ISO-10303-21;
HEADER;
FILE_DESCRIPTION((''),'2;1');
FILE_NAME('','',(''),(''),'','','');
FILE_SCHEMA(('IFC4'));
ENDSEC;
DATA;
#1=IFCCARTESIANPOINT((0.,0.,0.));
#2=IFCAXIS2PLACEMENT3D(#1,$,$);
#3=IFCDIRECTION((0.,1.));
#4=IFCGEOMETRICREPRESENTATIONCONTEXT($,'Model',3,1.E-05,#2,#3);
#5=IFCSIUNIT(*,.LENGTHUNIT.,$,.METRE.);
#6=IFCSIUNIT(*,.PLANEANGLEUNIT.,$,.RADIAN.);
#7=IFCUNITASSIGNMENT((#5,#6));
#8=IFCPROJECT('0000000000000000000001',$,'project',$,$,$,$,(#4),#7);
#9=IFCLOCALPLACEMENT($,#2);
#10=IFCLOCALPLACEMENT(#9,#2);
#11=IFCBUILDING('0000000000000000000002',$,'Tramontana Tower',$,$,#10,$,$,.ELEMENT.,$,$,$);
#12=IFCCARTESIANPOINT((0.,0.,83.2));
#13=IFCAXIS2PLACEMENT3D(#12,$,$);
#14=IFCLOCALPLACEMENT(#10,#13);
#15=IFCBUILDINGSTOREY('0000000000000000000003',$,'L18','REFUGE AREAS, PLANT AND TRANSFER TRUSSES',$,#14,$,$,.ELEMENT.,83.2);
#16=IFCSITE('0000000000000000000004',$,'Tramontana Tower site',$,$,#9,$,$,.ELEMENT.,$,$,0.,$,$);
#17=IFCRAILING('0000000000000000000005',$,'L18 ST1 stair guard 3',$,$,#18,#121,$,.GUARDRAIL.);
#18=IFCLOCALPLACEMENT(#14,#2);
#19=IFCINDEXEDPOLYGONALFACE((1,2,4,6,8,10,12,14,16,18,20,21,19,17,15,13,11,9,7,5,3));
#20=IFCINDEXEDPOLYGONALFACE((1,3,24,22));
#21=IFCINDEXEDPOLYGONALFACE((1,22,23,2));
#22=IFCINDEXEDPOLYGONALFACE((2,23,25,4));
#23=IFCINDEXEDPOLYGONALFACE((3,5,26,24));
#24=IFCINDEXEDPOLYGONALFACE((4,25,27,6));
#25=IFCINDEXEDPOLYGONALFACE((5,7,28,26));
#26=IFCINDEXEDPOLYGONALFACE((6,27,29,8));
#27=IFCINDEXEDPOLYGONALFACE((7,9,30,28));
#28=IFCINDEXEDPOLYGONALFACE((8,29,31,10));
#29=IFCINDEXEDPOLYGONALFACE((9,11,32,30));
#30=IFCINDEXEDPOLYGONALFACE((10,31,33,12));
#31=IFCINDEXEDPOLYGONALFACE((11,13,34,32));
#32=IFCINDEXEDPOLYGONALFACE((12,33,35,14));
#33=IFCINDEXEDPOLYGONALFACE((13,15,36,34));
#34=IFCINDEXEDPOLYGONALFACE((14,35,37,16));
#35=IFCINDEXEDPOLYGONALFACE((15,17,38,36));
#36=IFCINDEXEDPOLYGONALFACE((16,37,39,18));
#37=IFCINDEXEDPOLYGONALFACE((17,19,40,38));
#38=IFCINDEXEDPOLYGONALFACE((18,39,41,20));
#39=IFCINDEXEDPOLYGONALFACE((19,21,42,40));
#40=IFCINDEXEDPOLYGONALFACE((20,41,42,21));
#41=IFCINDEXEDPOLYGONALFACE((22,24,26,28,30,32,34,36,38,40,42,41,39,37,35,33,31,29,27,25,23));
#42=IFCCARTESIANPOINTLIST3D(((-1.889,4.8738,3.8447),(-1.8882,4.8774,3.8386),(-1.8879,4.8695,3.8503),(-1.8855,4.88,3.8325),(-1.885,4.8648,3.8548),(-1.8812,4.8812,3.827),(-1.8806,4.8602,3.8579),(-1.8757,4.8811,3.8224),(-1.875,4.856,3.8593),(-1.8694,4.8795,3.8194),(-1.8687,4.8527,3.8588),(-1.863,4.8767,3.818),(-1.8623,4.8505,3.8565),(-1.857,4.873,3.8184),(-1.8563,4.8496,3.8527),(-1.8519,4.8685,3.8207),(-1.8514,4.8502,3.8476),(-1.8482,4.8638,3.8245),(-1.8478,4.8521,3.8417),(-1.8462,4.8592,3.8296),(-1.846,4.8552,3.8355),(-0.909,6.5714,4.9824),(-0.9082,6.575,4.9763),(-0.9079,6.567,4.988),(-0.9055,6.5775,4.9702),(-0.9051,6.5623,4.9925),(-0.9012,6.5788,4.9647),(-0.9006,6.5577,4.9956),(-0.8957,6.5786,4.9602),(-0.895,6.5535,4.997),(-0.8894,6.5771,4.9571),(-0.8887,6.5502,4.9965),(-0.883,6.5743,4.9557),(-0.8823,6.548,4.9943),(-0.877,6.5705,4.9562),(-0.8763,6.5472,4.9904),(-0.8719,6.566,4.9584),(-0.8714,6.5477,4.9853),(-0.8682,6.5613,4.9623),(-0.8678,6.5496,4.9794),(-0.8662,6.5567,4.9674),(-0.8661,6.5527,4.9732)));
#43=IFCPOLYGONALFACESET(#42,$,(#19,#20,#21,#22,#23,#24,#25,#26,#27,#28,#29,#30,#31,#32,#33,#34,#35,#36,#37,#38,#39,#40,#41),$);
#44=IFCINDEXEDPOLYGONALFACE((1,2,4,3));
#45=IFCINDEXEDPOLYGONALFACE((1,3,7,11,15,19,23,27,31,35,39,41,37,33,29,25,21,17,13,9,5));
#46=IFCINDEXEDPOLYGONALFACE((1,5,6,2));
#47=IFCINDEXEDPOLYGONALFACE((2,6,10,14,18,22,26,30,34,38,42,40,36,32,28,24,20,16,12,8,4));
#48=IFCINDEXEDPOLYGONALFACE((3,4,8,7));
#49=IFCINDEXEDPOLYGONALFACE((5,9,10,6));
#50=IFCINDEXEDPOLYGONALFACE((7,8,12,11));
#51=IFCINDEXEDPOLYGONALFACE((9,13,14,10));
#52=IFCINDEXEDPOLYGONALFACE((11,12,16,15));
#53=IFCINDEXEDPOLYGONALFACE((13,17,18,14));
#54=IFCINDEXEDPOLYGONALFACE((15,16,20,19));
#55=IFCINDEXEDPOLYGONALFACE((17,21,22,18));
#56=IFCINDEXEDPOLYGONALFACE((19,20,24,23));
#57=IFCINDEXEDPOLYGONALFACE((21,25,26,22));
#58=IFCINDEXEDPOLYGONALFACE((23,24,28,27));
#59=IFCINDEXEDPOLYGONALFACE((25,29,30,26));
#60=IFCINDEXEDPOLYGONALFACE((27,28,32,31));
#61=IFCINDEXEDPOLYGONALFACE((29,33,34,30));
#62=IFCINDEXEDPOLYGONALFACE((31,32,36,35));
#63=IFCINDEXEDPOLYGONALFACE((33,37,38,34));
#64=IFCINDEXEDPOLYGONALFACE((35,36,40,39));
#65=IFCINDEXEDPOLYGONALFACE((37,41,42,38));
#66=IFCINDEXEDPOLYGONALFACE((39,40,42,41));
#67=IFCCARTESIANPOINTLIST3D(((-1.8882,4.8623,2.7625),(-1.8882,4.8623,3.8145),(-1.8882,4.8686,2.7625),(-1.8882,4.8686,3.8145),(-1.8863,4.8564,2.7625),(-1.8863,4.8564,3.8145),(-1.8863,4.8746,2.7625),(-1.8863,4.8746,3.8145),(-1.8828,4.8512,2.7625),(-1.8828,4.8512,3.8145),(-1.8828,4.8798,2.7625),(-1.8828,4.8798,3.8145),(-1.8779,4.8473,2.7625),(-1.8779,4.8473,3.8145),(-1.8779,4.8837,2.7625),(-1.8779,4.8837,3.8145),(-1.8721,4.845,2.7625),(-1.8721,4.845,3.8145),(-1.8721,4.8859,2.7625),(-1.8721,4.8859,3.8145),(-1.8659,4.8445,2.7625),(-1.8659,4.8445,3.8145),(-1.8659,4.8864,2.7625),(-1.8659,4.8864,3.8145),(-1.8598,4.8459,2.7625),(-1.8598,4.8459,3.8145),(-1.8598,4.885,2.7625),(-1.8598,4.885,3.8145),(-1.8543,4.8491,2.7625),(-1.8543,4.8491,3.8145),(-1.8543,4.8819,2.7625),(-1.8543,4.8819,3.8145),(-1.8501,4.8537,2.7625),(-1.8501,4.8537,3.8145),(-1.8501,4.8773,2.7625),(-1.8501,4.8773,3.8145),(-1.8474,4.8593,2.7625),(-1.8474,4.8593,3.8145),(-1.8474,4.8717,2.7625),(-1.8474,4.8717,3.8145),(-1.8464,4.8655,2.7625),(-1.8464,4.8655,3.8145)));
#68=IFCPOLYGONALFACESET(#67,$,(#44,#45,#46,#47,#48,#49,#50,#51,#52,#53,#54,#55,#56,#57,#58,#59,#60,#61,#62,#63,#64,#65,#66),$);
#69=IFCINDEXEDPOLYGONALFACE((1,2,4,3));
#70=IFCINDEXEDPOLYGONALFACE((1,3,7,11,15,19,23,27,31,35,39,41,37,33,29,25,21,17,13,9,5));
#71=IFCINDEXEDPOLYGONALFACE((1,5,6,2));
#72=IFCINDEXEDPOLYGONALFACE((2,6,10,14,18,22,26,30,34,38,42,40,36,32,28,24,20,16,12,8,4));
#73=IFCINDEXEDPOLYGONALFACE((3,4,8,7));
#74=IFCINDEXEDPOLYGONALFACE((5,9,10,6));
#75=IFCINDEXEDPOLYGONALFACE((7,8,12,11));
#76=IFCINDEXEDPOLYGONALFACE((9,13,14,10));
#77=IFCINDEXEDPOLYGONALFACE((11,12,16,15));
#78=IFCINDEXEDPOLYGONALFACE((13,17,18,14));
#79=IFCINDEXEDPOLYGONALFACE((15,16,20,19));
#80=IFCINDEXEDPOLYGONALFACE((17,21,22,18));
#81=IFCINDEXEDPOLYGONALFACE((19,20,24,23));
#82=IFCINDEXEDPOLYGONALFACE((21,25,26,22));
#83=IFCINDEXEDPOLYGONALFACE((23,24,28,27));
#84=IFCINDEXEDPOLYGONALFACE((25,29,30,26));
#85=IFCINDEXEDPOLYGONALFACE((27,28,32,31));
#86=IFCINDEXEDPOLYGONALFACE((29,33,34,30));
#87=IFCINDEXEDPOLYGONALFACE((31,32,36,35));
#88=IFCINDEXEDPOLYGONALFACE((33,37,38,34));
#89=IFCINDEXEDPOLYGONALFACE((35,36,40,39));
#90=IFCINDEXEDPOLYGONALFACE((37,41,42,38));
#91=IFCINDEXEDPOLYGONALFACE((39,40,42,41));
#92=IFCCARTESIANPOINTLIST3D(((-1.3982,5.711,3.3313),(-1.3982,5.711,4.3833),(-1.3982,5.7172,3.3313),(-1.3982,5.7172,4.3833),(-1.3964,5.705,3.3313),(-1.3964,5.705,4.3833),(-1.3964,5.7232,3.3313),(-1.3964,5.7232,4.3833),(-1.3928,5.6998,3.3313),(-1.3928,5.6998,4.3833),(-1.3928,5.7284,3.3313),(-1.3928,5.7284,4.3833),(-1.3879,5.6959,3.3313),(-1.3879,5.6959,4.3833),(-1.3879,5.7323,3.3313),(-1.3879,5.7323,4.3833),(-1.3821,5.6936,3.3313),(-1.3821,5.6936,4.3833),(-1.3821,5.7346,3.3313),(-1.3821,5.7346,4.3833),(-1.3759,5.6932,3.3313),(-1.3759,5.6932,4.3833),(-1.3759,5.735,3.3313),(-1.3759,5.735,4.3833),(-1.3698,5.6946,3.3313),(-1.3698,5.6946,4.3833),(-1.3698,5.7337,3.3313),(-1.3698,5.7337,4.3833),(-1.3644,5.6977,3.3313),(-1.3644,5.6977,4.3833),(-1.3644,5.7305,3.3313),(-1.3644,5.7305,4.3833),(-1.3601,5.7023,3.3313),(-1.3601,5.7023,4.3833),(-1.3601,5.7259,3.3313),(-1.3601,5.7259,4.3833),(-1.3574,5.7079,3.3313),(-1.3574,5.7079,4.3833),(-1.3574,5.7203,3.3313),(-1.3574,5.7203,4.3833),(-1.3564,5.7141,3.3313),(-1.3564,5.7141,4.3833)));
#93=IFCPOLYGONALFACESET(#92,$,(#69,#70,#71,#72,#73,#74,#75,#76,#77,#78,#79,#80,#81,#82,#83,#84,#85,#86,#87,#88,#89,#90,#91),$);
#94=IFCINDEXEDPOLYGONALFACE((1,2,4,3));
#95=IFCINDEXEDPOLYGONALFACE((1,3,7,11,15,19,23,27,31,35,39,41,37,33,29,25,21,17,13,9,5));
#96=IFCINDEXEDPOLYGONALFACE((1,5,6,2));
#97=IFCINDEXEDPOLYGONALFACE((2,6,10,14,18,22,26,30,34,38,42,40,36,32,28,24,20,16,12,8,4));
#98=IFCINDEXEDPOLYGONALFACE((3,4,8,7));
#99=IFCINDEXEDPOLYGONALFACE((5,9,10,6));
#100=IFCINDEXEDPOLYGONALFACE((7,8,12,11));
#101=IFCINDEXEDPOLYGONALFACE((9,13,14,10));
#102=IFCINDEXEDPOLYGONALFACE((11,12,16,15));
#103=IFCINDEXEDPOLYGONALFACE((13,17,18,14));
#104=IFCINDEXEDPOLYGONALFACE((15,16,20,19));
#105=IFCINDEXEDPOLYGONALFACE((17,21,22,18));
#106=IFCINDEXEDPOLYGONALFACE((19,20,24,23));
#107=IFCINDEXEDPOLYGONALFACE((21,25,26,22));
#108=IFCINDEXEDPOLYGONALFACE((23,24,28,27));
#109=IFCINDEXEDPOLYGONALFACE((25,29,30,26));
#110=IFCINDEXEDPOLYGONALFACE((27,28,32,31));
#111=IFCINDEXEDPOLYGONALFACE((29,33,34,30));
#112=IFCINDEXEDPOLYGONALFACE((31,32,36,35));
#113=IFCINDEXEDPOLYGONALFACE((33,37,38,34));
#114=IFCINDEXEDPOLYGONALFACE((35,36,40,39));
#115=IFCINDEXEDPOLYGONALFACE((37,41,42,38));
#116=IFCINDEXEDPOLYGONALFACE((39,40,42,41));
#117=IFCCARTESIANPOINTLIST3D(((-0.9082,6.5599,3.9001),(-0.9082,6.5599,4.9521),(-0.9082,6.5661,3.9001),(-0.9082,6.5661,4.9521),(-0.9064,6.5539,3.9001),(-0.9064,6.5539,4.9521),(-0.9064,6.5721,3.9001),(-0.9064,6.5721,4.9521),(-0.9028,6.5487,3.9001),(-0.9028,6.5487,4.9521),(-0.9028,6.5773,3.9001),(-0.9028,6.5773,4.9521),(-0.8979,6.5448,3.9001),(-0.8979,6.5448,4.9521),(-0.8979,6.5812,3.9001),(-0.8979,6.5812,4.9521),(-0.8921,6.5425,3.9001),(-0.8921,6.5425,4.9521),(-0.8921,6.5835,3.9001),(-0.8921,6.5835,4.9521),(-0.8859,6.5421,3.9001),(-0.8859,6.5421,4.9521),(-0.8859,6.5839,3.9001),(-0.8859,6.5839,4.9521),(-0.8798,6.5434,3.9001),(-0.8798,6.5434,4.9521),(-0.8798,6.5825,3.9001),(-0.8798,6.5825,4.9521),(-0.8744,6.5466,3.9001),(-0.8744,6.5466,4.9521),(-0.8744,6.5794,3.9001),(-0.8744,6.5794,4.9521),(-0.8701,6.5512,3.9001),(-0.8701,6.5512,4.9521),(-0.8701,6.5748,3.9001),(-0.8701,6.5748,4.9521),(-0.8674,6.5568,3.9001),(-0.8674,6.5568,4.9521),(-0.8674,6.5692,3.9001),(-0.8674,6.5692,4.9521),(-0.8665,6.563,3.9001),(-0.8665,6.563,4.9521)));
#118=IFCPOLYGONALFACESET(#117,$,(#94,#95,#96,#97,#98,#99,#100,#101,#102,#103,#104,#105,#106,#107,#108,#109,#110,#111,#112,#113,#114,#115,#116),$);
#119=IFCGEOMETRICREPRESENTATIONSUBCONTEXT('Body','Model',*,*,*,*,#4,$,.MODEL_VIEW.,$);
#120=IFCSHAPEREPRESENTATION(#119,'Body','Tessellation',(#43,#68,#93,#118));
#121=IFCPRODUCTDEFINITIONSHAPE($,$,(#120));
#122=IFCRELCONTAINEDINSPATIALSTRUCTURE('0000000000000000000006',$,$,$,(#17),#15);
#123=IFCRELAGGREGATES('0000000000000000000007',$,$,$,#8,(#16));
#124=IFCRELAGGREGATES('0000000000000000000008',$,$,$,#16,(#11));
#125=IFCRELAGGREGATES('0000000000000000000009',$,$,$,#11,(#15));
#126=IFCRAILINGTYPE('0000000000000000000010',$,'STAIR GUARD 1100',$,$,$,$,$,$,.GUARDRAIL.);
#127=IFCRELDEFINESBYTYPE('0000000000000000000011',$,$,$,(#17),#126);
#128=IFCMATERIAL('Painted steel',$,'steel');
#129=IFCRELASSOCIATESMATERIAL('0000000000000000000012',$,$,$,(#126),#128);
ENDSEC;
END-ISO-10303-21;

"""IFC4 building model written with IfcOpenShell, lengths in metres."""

from ifc_helpers import new_model, si_unit, direction, frame, origin, origin_2d, place, context, subcontext, project, spatial, circle, extrude, material, type_object, element, save


model = new_model("IFC4")

# Units and contexts
model_context = context("Model", 3, precision=1e-05, world=origin(), true_north=direction((0.0, 1.0)))
body_context = subcontext(model_context, "Body", "Model", "MODEL_VIEW")
ifc_project = project(units=[si_unit("LENGTHUNIT", "METRE"), si_unit("PLANEANGLEUNIT", "RADIAN")], contexts=[model_context])

# Site, building, storey
site_placement = place(None, origin())
site = spatial("IfcSite", under=ifc_project, at=site_placement, Name="Tramontana Tower site", CompositionType="ELEMENT", RefElevation=0.0)
building_placement = place(site_placement, origin())
building = spatial("IfcBuilding", under=site, at=building_placement, Name="Tramontana Tower", CompositionType="ELEMENT")
storey_placement = place(building_placement, frame((0.0, 0.0, 83.2)))
storey = spatial("IfcBuildingStorey", under=building, at=storey_placement, Name="L18", Description="REFUGE AREAS, PLANT AND TRANSFER TRUSSES", CompositionType="ELEMENT", Elevation=83.2)

# Railing
ifc_material_1 = material(Name="Painted steel", Category="steel")
railing_type_1 = type_object("IfcRailingType", Name="STAIR GUARD 1100", PredefinedType="GUARDRAIL", material=ifc_material_1)
railing_1_placement = place(storey_placement, frame((-1.8674, 4.8655, 2.7625)))
element("IfcRailing", 1, at=railing_1_placement, inside=storey, type_object=railing_type_1, Name="L18 ST1 stair guard 3", PredefinedType="GUARDRAIL", context=body_context, shape_type="SweptSolid", body=[
    extrude(circle(Radius=0.0239, at=origin_2d()), frame((0.0, 0.0, 1.0762), z_axis=(0.432409, 0.749013, 0.501999), x_axis=(-0.866042, 0.49997, 0.0)), (0.0, 0.0, 1.0), 2.2664),
    extrude(circle(Radius=0.021, at=origin_2d()), origin(), (0.0, 0.0, 1.0), 1.052),
    extrude(circle(Radius=0.021, at=origin_2d()), frame((0.49, 0.8486, 0.5688)), (0.0, 0.0, 1.0), 1.052),
    extrude(circle(Radius=0.021, at=origin_2d()), frame((0.98, 1.6975, 1.1377)), (0.0, 0.0, 1.0), 1.052),
])

save(model, "model.ifc")
